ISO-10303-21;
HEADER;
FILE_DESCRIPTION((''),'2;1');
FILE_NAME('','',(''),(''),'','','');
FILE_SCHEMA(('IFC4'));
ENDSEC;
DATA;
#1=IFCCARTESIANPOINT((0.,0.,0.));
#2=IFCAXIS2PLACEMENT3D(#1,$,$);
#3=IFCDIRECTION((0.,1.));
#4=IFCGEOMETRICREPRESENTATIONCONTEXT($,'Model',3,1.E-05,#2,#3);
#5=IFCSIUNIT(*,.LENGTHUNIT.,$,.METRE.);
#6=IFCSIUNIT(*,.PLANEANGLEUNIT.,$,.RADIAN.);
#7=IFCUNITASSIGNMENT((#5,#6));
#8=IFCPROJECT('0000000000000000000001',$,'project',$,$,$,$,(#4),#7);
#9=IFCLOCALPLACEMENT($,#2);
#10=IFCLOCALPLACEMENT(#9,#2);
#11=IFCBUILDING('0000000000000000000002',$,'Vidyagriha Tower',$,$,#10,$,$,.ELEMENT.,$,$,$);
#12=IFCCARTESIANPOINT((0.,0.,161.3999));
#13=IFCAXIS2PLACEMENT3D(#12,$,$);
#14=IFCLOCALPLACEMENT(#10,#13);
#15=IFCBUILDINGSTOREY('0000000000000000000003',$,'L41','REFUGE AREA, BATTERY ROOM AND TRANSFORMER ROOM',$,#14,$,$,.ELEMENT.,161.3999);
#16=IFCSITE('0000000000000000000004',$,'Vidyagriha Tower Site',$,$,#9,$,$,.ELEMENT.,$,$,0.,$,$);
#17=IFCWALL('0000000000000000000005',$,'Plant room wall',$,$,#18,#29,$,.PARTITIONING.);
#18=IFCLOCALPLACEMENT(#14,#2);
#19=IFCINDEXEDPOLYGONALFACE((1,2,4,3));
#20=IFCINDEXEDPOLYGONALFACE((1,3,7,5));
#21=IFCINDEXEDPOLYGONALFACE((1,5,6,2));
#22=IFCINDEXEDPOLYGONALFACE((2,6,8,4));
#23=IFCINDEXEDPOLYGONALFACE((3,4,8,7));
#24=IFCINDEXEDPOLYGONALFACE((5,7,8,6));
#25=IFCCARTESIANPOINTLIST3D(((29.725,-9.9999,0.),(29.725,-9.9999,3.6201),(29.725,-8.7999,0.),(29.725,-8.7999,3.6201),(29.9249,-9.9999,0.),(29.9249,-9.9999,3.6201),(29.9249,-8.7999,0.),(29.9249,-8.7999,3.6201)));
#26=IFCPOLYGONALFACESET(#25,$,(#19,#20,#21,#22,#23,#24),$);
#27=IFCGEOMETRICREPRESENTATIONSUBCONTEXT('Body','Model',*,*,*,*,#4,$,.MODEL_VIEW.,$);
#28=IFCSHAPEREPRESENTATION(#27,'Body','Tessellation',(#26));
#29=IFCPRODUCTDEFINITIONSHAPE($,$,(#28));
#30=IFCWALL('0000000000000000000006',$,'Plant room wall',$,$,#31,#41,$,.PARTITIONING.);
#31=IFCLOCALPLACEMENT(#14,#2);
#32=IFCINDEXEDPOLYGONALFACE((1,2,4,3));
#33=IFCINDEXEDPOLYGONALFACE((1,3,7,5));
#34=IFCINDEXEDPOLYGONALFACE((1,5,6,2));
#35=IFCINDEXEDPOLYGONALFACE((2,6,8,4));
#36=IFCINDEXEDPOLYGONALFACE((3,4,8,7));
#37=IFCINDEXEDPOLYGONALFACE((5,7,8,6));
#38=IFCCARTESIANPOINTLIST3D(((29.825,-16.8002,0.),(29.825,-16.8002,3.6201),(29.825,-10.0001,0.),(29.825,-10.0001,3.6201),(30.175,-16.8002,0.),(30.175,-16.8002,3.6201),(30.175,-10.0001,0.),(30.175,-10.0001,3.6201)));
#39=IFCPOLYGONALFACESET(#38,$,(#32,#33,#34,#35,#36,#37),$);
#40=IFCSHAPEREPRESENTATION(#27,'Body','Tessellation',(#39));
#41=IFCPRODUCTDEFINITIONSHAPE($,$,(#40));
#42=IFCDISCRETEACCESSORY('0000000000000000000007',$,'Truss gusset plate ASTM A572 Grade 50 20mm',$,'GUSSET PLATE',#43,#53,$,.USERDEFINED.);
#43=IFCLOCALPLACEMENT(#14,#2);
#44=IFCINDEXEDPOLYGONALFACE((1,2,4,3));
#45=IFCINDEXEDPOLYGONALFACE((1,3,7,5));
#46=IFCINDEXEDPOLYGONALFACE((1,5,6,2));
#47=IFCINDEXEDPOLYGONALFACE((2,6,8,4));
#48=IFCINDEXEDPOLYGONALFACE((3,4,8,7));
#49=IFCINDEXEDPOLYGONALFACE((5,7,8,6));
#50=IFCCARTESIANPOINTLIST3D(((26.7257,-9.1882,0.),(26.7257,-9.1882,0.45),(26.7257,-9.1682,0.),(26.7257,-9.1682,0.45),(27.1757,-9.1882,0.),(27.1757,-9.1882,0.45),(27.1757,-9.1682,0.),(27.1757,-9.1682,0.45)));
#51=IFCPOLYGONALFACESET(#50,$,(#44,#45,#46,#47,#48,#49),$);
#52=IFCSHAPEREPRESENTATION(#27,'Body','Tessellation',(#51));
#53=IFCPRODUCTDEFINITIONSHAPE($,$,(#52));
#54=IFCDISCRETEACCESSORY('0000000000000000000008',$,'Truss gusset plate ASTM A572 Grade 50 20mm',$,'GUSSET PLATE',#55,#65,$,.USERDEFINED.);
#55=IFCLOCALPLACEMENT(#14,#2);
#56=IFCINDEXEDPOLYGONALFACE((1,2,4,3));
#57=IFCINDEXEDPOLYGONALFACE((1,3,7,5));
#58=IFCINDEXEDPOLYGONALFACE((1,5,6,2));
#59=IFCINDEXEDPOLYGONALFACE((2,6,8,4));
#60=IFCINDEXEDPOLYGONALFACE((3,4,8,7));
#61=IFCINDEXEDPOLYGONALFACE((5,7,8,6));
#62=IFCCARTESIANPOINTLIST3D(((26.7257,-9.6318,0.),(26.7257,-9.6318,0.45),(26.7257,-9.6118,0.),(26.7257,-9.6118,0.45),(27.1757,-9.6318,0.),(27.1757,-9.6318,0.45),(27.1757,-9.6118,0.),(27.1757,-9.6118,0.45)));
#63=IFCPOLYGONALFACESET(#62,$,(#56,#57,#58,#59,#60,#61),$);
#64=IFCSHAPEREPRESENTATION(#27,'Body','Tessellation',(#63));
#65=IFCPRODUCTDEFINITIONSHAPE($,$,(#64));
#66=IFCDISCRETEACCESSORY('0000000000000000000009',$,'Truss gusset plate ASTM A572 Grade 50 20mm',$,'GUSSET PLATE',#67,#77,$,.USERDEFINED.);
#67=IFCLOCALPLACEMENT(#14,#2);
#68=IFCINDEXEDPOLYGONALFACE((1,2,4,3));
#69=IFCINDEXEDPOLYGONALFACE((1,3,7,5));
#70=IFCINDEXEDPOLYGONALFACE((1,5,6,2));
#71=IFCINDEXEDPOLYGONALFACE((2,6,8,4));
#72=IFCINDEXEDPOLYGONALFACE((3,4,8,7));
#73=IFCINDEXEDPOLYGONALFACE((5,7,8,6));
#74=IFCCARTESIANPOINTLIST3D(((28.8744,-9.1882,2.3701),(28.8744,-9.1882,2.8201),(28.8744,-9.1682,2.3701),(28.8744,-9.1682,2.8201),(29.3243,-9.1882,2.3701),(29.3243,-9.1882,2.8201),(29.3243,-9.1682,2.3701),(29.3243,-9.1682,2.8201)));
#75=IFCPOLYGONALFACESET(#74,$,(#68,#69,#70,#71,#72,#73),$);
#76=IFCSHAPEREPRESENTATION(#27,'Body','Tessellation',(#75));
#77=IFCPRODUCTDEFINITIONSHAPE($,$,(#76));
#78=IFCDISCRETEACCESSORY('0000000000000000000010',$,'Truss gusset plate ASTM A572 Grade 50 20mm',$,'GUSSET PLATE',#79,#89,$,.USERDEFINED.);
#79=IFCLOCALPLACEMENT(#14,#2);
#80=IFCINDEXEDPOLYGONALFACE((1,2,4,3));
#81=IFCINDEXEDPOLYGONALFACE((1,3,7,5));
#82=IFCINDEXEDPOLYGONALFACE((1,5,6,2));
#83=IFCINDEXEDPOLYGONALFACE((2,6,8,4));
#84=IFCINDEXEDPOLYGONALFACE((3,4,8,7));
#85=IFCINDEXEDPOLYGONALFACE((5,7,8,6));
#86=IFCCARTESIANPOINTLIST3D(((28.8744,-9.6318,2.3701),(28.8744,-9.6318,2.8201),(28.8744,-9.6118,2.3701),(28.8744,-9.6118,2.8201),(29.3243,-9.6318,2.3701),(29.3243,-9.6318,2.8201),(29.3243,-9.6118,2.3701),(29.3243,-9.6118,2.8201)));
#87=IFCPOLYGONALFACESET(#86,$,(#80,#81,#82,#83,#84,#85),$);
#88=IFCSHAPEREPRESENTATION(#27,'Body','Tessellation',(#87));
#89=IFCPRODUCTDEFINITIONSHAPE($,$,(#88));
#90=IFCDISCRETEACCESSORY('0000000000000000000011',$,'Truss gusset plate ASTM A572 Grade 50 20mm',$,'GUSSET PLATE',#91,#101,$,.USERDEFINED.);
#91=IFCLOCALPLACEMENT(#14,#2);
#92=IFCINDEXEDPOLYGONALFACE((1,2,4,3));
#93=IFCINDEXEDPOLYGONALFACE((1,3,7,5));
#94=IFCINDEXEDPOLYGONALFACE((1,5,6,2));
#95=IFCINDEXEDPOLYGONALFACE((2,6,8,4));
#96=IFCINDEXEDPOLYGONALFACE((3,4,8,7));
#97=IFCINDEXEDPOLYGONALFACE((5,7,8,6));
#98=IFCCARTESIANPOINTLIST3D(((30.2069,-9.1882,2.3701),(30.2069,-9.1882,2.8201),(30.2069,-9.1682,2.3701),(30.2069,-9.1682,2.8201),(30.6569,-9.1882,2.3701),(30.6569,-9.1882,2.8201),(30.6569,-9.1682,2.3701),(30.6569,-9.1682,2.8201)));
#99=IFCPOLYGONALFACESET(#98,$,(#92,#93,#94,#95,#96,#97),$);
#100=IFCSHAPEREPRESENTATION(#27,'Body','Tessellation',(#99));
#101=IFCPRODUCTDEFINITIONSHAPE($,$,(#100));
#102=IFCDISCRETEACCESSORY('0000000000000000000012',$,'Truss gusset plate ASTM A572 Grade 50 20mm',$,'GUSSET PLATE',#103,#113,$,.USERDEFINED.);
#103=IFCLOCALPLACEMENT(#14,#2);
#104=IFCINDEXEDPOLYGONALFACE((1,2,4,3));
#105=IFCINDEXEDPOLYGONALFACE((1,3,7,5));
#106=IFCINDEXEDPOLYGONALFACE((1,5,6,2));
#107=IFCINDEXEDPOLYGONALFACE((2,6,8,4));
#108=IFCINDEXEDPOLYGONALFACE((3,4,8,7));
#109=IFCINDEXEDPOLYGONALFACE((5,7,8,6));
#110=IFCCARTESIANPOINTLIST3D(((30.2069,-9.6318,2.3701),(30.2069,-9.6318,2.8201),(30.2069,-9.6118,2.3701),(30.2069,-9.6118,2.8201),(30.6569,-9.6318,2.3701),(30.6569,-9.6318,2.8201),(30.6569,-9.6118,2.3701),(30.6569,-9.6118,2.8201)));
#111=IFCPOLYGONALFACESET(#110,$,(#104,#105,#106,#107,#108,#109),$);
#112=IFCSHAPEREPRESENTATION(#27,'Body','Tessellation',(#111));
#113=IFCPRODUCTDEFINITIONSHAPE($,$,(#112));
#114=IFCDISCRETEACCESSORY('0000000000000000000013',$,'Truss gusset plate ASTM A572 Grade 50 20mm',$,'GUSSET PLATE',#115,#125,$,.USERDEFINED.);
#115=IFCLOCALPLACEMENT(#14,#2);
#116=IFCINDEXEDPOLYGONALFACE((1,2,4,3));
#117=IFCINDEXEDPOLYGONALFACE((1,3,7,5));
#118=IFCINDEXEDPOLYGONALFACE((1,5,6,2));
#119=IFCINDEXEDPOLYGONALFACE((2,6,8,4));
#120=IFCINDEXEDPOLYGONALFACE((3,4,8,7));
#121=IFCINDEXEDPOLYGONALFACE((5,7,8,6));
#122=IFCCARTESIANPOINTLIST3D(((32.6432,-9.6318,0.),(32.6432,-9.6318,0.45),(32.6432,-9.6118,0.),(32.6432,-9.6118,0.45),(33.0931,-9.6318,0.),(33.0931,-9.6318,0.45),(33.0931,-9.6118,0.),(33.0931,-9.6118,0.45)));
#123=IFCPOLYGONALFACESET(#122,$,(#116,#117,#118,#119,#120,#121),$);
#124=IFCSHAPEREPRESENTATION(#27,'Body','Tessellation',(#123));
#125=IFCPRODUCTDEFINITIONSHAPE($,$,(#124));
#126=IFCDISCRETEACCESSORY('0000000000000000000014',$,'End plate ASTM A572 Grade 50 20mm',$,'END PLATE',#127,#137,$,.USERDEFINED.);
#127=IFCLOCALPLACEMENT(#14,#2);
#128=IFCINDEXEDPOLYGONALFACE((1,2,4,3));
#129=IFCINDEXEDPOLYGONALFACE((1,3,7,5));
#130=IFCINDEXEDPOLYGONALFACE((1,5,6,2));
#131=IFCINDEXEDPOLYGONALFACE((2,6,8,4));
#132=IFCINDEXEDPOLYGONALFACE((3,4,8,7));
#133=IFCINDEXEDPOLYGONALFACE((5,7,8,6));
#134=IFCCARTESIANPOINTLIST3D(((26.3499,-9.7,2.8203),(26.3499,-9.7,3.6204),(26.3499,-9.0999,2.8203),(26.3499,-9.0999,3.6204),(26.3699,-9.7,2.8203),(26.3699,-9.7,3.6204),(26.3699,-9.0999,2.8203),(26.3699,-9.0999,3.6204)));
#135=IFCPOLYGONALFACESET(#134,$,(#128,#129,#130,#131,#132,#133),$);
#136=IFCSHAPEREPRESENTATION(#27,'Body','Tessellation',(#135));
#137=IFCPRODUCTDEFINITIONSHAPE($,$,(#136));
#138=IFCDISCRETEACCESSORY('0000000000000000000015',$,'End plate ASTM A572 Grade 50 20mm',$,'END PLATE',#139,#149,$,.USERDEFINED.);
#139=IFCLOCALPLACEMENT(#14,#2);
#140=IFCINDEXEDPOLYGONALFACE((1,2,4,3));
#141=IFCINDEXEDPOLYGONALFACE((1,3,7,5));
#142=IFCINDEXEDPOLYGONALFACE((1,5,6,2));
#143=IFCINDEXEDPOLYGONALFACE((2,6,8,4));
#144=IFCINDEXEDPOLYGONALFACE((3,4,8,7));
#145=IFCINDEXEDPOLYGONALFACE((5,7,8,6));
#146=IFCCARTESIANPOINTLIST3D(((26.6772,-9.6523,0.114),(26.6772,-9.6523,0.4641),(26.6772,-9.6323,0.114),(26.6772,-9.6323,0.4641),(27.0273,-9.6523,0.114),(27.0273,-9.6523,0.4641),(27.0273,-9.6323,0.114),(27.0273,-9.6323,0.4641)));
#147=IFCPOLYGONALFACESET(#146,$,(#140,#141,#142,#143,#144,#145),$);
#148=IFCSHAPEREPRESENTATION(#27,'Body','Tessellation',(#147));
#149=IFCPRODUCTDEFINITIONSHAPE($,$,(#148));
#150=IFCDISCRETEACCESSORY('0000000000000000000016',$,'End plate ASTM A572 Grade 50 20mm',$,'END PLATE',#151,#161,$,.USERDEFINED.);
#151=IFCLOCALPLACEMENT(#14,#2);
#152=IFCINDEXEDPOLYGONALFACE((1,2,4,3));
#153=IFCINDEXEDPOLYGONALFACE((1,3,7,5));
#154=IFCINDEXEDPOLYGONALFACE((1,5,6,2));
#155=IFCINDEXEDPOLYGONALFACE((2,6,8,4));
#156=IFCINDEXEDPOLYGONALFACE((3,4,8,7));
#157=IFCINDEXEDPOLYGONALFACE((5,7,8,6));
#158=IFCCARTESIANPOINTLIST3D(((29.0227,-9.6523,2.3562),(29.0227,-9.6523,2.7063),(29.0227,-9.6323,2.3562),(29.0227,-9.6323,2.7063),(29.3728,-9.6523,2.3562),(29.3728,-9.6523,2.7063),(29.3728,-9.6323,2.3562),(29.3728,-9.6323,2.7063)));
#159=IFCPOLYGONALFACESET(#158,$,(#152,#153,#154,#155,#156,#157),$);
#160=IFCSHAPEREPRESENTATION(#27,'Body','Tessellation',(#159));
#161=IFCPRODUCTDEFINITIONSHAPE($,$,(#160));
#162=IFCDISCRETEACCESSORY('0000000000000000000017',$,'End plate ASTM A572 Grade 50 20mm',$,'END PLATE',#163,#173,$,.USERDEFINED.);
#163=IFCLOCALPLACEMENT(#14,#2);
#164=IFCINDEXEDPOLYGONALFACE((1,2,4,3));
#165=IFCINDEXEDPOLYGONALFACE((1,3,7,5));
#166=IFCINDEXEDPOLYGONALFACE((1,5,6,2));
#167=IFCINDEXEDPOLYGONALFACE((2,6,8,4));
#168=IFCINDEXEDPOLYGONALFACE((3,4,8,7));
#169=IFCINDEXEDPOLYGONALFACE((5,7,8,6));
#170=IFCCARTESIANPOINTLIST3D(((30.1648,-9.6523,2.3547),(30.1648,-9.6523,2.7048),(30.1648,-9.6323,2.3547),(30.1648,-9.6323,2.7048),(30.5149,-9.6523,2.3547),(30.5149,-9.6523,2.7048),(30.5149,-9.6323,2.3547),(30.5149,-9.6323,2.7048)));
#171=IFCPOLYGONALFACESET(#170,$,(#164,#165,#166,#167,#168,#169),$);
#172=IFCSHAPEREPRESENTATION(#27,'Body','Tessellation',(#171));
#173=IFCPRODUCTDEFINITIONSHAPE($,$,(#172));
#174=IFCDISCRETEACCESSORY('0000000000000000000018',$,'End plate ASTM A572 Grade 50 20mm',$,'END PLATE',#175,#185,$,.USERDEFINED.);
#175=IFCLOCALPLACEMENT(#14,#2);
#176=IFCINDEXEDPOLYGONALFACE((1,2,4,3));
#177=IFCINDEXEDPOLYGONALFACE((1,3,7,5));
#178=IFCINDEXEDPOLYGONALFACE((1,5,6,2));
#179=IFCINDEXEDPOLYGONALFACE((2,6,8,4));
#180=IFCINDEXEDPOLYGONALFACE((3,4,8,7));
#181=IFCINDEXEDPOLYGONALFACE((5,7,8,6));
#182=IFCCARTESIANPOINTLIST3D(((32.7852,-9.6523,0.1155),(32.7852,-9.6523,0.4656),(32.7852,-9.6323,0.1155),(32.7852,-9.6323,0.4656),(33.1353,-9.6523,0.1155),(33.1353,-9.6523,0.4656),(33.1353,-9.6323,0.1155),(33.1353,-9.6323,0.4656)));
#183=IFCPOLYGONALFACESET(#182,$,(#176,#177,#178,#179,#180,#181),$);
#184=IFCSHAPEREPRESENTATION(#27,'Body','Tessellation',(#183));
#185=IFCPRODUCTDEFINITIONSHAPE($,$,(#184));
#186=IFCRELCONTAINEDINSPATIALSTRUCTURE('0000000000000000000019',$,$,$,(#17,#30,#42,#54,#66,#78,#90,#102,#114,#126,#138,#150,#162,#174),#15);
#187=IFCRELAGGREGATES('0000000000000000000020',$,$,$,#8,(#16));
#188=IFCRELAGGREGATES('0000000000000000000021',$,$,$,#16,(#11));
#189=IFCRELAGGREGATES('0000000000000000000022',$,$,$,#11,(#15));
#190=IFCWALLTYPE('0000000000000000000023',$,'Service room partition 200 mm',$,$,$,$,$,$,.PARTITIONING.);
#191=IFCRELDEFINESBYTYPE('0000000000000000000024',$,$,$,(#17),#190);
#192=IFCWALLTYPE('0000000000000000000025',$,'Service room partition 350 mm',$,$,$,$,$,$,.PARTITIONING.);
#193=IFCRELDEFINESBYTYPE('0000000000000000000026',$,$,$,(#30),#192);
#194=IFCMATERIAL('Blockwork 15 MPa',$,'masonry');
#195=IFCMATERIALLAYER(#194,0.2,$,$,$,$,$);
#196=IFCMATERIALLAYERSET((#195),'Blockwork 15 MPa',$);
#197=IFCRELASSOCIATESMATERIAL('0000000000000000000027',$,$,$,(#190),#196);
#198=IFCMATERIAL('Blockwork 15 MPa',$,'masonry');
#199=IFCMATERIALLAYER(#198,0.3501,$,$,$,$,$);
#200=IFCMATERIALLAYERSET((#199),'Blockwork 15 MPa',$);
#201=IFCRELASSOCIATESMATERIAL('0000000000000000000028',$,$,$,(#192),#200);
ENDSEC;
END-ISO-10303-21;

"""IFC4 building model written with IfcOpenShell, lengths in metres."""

from ifc_helpers import new_model, si_unit, direction, frame, frame_2d, origin, origin_2d, place, context, subcontext, project, spatial, rectangle, extrude, material, layer, layer_set, type_object, element, save


model = new_model("IFC4")

# Units and contexts
model_context = context("Model", 3, precision=1e-05, world=origin(), true_north=direction((0.0, 1.0)))
body_context = subcontext(model_context, "Body", "Model", "MODEL_VIEW")
ifc_project = project(units=[si_unit("LENGTHUNIT", "METRE"), si_unit("PLANEANGLEUNIT", "RADIAN")], contexts=[model_context])

# Site, building, storey
site_placement = place(None, origin())
site = spatial("IfcSite", under=ifc_project, at=site_placement, Name="Vidyagriha Tower Site", CompositionType="ELEMENT", RefElevation=0.0)
building_placement = place(site_placement, origin())
building = spatial("IfcBuilding", under=site, at=building_placement, Name="Vidyagriha Tower", CompositionType="ELEMENT")
storey_placement = place(building_placement, frame((0.0, 0.0, 161.3999)))
storey = spatial("IfcBuildingStorey", under=building, at=storey_placement, Name="L41", Description="REFUGE AREA, BATTERY ROOM AND TRANSFORMER ROOM", CompositionType="ELEMENT", Elevation=161.3999)

# Walls
ifc_material_1 = material(Name="Blockwork 15 MPa", Category="masonry")
ifc_layer_1 = layer(ifc_material_1, 0.2)
ifc_layer_set_1 = layer_set([ifc_layer_1], Name="Blockwork 15 MPa")
wall_type_1 = type_object("IfcWallType", Name="Service room partition 200 mm", PredefinedType="PARTITIONING", material=ifc_layer_set_1)
wall_1_placement = place(storey_placement, frame((29.825, -10.0, 0.0), z_axis=(0.0, 0.0, 1.0), x_axis=(0.0, 1.0, 0.0)))
element("IfcWall", 1, at=wall_1_placement, inside=storey, type_object=wall_type_1, Name="Plant room wall", PredefinedType="PARTITIONING", context=body_context, shape_type="SweptSolid", body=[
    extrude(rectangle(XDim=1.2, YDim=0.2, at=frame_2d((0.6001, 0.0))), origin(), (0.0, 0.0, 1.0), 3.6201),
])
ifc_material_2 = material(Name="Blockwork 15 MPa", Category="masonry")
ifc_layer_2 = layer(ifc_material_2, 0.3501)
ifc_layer_set_2 = layer_set([ifc_layer_2], Name="Blockwork 15 MPa")
wall_type_2 = type_object("IfcWallType", Name="Service room partition 350 mm", PredefinedType="PARTITIONING", material=ifc_layer_set_2)
wall_2_placement = place(storey_placement, frame((30.0, -16.8, 0.0), z_axis=(0.0, 0.0, 1.0), x_axis=(0.0, 1.0, 0.0)))
element("IfcWall", 2, at=wall_2_placement, inside=storey, type_object=wall_type_2, Name="Plant room wall", PredefinedType="PARTITIONING", context=body_context, shape_type="SweptSolid", body=[
    extrude(rectangle(XDim=6.8, YDim=0.3501, at=frame_2d((3.3999, 0.0))), origin(), (0.0, 0.0, 1.0), 3.6201),
])

# Discrete accessories
for number, where, name in (
    (3, (26.9507, -9.1782, 0.0), "Truss gusset plate ASTM A572 Grade 50 20mm"),
    (4, (26.9507, -9.6218, 0.0), "Truss gusset plate ASTM A572 Grade 50 20mm"),
    (5, (29.0994, -9.1782, 2.3701), "Truss gusset plate ASTM A572 Grade 50 20mm"),
    (6, (29.0994, -9.6218, 2.3701), "Truss gusset plate ASTM A572 Grade 50 20mm"),
    (7, (30.4319, -9.1782, 2.3701), "Truss gusset plate ASTM A572 Grade 50 20mm"),
    (8, (30.4319, -9.6218, 2.3701), "Truss gusset plate ASTM A572 Grade 50 20mm"),
    (9, (32.8682, -9.6218, 0.0), "Truss gusset plate ASTM A572 Grade 50 20mm"),
):
    element("IfcDiscreteAccessory", number, at=place(storey_placement, frame(where)), inside=storey, Name=name, ObjectType="GUSSET PLATE", PredefinedType="USERDEFINED", context=body_context, shape_type="SweptSolid", body=[
        extrude(rectangle(XDim=0.45, YDim=0.02, at=origin_2d()), origin(), (0.0, 0.0, 1.0), 0.45),
    ])
discrete_accessory_1_placement = place(storey_placement, frame((26.3599, -9.3999, 2.8203), z_axis=(0.0, 0.0, 1.0), x_axis=(-1.0, 0.0, 0.0)))
element("IfcDiscreteAccessory", 10, at=discrete_accessory_1_placement, inside=storey, Name="End plate ASTM A572 Grade 50 20mm", ObjectType="END PLATE", PredefinedType="USERDEFINED", context=body_context, shape_type="SweptSolid", body=[
    extrude(rectangle(XDim=0.02, YDim=0.6001, at=origin_2d()), origin(), (0.0, 0.0, 1.0), 0.8),
])
discrete_accessory_2_placement = place(storey_placement, frame((26.8523, -9.6423, 0.114), z_axis=(0.0, 0.0, 1.0), x_axis=(-1.0, 0.0, 0.0)))
element("IfcDiscreteAccessory", 11, at=discrete_accessory_2_placement, inside=storey, Name="End plate ASTM A572 Grade 50 20mm", ObjectType="END PLATE", PredefinedType="USERDEFINED", context=body_context, shape_type="SweptSolid", body=[
    extrude(rectangle(XDim=0.3501, YDim=0.02, at=origin_2d()), origin(), (0.0, 0.0, 1.0), 0.3501),
])
discrete_accessory_3_placement = place(storey_placement, frame((29.1978, -9.6423, 2.3562)))
element("IfcDiscreteAccessory", 12, at=discrete_accessory_3_placement, inside=storey, Name="End plate ASTM A572 Grade 50 20mm", ObjectType="END PLATE", PredefinedType="USERDEFINED", context=body_context, shape_type="SweptSolid", body=[
    extrude(rectangle(XDim=0.3501, YDim=0.02, at=origin_2d()), origin(), (0.0, 0.0, 1.0), 0.3501),
])
discrete_accessory_4_placement = place(storey_placement, frame((30.3398, -9.6423, 2.3547), z_axis=(0.0, 0.0, 1.0), x_axis=(-1.0, 0.0, 0.0)))
element("IfcDiscreteAccessory", 13, at=discrete_accessory_4_placement, inside=storey, Name="End plate ASTM A572 Grade 50 20mm", ObjectType="END PLATE", PredefinedType="USERDEFINED", context=body_context, shape_type="SweptSolid", body=[
    extrude(rectangle(XDim=0.3501, YDim=0.02, at=origin_2d()), origin(), (0.0, 0.0, 1.0), 0.3501),
])
discrete_accessory_5_placement = place(storey_placement, frame((32.9602, -9.6423, 0.1155)))
element("IfcDiscreteAccessory", 14, at=discrete_accessory_5_placement, inside=storey, Name="End plate ASTM A572 Grade 50 20mm", ObjectType="END PLATE", PredefinedType="USERDEFINED", context=body_context, shape_type="SweptSolid", body=[
    extrude(rectangle(XDim=0.3501, YDim=0.02, at=origin_2d()), origin(), (0.0, 0.0, 1.0), 0.3501),
])

save(model, "model.ifc")
